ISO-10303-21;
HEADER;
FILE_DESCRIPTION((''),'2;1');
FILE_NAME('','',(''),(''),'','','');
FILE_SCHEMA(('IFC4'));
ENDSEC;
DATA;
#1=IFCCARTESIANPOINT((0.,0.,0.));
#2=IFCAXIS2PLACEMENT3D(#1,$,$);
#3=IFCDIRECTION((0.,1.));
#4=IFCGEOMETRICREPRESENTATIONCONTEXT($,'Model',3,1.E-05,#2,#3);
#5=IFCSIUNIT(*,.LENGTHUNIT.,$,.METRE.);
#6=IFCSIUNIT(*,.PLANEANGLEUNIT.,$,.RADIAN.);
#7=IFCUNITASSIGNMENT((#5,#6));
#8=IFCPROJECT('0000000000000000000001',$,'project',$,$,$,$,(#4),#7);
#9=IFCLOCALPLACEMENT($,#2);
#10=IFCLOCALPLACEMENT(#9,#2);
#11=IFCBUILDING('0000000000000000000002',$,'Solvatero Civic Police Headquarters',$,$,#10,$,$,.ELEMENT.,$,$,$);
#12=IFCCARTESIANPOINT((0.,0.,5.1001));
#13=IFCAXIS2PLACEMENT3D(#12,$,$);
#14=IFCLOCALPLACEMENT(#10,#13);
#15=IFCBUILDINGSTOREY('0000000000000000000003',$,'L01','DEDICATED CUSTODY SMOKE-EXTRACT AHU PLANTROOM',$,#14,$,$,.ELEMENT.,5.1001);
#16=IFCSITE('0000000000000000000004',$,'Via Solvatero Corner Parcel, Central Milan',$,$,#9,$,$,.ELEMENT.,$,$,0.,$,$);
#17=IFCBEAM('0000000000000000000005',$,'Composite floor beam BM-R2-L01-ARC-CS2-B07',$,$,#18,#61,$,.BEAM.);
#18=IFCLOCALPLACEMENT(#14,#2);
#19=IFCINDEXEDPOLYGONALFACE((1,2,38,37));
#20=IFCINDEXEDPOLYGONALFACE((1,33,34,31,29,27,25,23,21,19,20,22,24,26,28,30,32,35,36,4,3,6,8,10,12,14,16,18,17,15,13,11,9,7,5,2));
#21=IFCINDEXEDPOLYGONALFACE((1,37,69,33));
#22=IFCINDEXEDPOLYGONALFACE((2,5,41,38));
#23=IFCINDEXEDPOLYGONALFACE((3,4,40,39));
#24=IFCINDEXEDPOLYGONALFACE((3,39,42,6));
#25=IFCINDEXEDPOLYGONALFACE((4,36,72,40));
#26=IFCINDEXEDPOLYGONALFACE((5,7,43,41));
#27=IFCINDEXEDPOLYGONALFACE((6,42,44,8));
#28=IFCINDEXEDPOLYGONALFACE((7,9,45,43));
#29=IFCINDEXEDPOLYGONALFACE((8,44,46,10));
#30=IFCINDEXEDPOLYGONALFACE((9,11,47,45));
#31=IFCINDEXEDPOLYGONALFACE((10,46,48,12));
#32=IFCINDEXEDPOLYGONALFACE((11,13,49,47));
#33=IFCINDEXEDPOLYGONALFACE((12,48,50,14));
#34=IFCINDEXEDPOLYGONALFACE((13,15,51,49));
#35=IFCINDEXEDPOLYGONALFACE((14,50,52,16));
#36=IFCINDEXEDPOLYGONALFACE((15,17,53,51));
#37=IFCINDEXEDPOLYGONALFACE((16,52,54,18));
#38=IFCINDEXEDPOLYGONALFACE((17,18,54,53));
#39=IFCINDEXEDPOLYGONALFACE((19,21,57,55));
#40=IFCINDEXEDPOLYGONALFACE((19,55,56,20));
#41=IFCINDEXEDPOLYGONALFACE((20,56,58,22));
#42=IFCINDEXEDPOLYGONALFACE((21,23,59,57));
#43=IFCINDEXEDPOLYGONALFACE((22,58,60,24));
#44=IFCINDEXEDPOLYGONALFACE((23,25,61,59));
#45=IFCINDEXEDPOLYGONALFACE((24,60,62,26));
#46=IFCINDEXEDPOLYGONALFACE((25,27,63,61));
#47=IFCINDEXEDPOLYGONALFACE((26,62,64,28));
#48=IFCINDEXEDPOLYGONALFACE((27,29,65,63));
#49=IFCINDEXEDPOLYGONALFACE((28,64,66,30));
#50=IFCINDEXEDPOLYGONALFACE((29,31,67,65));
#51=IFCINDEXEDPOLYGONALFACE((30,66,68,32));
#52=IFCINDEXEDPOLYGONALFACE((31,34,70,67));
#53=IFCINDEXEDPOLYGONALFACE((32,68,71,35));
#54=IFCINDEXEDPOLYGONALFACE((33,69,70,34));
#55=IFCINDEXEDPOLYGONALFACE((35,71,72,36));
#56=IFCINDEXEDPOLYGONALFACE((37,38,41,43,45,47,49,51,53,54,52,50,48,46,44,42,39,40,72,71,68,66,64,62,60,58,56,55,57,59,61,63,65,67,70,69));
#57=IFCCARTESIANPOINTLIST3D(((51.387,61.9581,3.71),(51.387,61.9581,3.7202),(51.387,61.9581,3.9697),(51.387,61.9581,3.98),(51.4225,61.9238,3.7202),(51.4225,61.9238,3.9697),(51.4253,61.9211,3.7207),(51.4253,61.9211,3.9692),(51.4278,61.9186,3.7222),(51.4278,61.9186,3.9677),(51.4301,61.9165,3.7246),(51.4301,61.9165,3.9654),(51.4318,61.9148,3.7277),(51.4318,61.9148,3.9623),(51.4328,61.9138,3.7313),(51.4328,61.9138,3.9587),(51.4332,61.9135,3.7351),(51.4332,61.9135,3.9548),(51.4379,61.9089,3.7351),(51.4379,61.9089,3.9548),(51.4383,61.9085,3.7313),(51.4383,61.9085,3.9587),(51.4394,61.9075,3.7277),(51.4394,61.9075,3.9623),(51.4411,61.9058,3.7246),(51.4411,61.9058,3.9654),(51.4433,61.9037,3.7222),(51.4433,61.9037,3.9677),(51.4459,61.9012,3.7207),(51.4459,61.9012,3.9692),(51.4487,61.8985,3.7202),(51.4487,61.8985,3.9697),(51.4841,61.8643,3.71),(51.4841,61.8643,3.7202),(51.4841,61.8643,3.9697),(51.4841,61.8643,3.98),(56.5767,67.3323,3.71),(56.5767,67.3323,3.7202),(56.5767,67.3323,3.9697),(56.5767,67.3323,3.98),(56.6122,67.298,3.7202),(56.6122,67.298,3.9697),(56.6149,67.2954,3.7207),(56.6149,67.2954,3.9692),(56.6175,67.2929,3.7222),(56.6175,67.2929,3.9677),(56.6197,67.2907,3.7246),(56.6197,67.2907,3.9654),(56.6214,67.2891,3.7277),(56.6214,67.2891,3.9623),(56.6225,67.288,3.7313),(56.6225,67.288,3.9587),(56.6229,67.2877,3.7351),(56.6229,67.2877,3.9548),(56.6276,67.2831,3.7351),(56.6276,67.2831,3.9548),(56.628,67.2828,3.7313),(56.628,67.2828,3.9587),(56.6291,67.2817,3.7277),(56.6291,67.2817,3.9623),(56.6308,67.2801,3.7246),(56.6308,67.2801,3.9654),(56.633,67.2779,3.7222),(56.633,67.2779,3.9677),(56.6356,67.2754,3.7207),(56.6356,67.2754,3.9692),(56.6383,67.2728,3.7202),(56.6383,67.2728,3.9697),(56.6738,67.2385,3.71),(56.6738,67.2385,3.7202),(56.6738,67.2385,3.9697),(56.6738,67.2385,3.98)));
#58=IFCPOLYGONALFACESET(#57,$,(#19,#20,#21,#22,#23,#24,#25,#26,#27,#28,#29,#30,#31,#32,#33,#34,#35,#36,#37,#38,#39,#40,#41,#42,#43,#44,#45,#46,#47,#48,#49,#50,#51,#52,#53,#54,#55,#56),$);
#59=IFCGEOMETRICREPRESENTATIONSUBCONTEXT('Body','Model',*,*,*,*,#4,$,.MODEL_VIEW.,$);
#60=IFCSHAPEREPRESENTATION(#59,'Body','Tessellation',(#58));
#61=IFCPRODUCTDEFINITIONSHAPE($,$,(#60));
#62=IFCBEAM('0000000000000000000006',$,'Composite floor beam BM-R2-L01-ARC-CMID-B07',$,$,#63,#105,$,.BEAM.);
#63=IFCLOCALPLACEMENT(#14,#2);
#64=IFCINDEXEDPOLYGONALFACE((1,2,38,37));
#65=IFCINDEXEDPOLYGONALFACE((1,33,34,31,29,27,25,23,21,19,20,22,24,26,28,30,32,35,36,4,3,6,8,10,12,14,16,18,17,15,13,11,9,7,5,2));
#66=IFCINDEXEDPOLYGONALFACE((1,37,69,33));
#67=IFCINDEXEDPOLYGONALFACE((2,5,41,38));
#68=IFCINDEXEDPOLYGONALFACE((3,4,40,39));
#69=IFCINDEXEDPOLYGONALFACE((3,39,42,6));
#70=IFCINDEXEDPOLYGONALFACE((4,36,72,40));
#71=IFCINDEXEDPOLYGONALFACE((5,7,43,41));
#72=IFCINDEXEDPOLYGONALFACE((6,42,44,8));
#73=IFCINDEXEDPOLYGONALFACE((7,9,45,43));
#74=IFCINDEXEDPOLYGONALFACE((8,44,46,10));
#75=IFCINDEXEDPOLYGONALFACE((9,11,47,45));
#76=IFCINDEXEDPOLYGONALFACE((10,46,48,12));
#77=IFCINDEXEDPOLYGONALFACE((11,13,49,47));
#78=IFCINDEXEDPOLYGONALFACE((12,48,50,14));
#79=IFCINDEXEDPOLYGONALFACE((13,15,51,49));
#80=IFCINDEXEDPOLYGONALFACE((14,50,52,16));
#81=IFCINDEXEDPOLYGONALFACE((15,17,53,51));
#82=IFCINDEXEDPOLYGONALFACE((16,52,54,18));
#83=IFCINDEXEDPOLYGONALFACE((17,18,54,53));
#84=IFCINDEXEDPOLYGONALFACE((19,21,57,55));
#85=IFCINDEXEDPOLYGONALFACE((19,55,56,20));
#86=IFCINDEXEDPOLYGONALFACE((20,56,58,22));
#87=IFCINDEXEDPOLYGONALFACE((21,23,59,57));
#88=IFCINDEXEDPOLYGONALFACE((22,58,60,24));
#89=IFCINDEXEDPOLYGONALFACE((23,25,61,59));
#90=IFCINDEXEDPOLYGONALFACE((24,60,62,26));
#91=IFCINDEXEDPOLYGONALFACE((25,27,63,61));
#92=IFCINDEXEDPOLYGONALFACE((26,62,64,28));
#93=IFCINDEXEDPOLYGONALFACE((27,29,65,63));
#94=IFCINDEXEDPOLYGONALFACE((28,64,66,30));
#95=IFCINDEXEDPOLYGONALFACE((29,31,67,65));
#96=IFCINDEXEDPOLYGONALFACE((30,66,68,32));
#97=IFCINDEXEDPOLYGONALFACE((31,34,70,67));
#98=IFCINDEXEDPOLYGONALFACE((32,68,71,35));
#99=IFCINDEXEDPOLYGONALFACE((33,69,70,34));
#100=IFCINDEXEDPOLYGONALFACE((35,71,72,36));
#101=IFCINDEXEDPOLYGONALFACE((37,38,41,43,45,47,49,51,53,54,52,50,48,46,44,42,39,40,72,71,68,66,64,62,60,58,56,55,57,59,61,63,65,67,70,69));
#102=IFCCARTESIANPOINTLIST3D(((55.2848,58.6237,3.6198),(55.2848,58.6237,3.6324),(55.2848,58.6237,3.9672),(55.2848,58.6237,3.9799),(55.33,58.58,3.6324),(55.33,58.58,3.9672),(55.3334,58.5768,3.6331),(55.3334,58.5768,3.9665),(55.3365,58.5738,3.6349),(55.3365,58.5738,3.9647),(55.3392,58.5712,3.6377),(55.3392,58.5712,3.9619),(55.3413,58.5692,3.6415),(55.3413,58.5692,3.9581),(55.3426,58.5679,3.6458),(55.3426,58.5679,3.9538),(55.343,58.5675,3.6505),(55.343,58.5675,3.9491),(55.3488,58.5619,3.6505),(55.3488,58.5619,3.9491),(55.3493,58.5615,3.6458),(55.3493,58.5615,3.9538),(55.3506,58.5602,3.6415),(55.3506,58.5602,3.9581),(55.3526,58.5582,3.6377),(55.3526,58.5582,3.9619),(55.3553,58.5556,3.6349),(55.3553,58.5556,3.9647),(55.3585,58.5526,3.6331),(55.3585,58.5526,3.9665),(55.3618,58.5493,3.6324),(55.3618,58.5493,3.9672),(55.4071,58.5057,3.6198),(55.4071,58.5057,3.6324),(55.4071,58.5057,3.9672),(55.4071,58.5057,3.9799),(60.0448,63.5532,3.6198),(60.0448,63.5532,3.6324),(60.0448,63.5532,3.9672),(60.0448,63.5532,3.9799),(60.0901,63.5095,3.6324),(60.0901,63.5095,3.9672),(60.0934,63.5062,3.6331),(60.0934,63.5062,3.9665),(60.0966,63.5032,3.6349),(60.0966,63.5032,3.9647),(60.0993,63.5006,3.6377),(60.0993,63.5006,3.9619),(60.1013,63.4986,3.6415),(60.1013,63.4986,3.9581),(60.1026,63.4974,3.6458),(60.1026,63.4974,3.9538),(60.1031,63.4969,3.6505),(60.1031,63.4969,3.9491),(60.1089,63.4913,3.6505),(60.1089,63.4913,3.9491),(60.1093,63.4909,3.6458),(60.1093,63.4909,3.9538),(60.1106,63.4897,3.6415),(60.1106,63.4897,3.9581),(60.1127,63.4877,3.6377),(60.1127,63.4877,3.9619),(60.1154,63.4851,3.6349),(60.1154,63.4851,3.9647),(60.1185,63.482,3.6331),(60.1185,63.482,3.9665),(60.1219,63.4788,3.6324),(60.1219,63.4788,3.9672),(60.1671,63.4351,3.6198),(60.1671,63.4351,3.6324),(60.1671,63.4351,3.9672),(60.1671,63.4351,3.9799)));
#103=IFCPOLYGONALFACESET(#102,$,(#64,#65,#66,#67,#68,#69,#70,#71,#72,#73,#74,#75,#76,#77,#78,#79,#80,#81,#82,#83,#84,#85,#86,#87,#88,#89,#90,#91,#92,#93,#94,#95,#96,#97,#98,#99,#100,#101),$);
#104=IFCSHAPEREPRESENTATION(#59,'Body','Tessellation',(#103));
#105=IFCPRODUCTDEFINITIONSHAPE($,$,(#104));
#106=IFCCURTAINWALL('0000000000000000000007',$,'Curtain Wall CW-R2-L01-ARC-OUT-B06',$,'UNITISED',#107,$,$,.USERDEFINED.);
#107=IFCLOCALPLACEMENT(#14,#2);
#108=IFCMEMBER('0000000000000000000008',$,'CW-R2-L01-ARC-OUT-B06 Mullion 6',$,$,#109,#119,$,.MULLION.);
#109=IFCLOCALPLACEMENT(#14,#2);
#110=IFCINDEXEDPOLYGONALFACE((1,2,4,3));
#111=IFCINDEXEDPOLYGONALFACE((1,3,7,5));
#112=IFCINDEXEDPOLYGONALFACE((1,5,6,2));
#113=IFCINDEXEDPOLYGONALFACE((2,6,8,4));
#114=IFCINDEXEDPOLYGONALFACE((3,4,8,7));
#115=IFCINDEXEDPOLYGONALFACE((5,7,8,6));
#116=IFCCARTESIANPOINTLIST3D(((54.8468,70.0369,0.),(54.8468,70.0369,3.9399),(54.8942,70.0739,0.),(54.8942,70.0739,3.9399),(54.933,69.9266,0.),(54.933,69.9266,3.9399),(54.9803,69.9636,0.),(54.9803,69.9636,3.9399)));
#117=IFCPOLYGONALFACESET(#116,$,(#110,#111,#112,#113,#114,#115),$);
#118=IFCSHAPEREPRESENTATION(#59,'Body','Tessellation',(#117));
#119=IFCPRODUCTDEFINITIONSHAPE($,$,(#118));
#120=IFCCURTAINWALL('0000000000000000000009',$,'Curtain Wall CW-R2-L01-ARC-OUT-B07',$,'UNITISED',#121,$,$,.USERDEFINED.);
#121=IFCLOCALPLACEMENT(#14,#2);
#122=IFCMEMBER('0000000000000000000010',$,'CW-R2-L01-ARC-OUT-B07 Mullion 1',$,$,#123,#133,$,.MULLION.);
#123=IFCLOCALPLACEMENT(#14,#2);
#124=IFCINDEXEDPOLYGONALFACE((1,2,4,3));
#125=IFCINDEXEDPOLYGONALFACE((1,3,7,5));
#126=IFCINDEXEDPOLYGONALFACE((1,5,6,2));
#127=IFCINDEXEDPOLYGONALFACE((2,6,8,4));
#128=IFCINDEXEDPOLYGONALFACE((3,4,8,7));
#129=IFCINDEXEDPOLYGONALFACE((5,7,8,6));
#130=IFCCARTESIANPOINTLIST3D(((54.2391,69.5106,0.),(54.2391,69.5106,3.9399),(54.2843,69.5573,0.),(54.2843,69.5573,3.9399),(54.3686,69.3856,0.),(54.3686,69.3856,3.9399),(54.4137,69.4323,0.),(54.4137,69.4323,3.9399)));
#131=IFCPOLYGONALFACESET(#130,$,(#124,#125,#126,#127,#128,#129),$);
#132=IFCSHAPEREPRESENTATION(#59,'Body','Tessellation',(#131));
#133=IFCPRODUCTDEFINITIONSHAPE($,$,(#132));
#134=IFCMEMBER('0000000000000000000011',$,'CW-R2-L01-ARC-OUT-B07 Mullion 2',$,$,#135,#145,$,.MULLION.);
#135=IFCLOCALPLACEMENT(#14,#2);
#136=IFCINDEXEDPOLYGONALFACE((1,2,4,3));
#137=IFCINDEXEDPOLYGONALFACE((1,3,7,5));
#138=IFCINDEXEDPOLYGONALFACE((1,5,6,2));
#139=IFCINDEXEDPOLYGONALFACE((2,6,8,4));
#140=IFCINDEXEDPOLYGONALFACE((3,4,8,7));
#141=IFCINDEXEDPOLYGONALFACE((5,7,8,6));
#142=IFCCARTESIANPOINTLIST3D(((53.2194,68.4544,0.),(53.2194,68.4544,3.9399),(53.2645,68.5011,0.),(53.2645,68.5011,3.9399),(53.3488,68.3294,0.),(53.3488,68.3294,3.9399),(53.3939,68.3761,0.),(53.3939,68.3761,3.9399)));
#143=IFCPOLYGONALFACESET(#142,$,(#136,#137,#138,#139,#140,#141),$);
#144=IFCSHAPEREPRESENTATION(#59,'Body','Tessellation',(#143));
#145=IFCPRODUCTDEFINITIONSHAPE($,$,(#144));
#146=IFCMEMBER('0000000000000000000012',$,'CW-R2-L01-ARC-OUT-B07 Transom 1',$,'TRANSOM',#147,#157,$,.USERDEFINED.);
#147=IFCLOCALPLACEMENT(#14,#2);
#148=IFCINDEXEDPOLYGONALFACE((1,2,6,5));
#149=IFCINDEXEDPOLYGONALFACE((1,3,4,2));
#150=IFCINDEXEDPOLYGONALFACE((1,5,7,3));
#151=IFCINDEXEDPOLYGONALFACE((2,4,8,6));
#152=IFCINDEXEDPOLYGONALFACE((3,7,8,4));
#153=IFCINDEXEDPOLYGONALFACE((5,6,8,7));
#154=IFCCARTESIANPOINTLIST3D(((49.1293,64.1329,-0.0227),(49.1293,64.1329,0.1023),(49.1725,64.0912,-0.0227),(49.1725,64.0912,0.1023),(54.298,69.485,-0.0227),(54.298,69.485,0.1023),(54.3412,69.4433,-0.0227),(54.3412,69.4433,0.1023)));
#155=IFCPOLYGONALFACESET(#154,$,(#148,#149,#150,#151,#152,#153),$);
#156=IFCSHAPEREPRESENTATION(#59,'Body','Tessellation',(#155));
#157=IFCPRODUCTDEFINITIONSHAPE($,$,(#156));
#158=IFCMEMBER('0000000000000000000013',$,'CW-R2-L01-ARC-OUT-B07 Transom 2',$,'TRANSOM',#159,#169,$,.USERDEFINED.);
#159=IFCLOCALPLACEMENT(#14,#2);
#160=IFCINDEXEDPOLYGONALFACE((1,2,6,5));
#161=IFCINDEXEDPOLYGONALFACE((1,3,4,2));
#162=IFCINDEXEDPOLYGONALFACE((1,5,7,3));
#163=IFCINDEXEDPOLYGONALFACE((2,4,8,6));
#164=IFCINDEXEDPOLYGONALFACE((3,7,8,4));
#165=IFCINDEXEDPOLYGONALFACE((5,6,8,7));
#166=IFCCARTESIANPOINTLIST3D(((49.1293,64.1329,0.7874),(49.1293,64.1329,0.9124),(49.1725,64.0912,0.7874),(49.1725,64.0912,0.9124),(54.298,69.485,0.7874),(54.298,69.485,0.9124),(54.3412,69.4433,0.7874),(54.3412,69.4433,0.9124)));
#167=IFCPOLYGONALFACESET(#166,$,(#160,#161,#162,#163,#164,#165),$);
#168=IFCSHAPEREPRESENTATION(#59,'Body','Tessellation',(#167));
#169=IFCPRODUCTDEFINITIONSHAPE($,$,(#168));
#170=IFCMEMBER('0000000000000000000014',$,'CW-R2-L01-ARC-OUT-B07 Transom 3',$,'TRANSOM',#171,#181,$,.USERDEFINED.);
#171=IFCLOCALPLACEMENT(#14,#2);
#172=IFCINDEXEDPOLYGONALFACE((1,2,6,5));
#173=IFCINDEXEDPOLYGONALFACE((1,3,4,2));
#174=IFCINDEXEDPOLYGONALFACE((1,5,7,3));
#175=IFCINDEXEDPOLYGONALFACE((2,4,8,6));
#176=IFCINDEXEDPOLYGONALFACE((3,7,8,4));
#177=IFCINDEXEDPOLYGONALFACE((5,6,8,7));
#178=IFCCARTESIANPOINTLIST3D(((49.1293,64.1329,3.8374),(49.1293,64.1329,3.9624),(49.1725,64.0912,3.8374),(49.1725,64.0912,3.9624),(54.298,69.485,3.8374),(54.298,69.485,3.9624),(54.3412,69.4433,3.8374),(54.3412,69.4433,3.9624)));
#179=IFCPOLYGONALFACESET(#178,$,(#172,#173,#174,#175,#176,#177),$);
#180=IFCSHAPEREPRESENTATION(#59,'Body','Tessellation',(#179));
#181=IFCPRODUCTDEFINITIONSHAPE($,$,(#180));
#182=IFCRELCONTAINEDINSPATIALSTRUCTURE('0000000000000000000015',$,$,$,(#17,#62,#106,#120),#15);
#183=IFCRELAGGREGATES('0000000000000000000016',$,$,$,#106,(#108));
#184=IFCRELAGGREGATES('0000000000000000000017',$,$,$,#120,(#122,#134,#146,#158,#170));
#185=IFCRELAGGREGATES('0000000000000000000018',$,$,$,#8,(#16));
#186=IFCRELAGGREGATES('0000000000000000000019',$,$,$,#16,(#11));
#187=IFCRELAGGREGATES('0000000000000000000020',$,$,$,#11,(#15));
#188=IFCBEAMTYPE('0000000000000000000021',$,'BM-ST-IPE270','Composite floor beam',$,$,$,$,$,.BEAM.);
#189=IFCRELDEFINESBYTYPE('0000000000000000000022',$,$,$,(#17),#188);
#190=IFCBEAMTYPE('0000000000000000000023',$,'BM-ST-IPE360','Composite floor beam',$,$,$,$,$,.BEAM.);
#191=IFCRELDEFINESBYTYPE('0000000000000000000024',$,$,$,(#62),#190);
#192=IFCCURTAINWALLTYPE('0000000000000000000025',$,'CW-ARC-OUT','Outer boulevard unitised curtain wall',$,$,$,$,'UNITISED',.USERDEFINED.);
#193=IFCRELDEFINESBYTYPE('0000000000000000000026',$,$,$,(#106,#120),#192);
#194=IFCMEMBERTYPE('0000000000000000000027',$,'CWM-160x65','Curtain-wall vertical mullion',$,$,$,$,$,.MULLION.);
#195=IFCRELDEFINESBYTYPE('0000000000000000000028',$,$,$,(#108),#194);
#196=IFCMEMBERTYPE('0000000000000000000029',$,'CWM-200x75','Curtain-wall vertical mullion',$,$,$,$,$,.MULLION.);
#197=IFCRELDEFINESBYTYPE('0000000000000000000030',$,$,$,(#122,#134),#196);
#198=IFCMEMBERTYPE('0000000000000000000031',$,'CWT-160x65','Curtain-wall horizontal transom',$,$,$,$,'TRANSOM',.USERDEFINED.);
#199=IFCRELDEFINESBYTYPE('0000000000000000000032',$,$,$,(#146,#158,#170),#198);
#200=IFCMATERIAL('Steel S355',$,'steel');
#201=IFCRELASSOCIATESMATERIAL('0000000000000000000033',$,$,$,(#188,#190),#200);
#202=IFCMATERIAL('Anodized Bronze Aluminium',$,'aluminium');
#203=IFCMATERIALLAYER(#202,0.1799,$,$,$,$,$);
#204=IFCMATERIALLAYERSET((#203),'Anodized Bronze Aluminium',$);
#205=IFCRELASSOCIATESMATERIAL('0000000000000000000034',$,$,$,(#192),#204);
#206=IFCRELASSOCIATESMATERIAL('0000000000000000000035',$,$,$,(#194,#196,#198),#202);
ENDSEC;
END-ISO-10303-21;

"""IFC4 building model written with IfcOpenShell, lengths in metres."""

from ifc_helpers import new_model, si_unit, direction, frame, origin, origin_2d, place, context, subcontext, project, spatial, rectangle, i_section, extrude, material, layer, layer_set, material_profile, profile_set, type_object, element, aggregate, save


model = new_model("IFC4")

# Units and contexts
model_context = context("Model", 3, precision=1e-05, world=origin(), true_north=direction((0.0, 1.0)))
body_context = subcontext(model_context, "Body", "Model", "MODEL_VIEW")
ifc_project = project(units=[si_unit("LENGTHUNIT", "METRE"), si_unit("PLANEANGLEUNIT", "RADIAN")], contexts=[model_context])

# Site, building, storey
site_placement = place(None, origin())
site = spatial("IfcSite", under=ifc_project, at=site_placement, Name="Via Solvatero Corner Parcel, Central Milan", CompositionType="ELEMENT", RefElevation=0.0)
building_placement = place(site_placement, origin())
building = spatial("IfcBuilding", under=site, at=building_placement, Name="Solvatero Civic Police Headquarters", CompositionType="ELEMENT")
storey_placement = place(building_placement, frame((0.0, 0.0, 5.1001)))
storey = spatial("IfcBuildingStorey", under=building, at=storey_placement, Name="L01", Description="DEDICATED CUSTODY SMOKE-EXTRACT AHU PLANTROOM", CompositionType="ELEMENT", Elevation=5.1001)

# Shared definitions
ifc_material_1 = material(Name="Steel S355", Category="steel")

# Beams
ifc_material_profile_1 = material_profile(ifc_material_1, i_section(OverallWidth=0.135, OverallDepth=0.27, WebThickness=0.0066, FlangeThickness=0.0103, FilletRadius=0.0149, at=origin_2d()), Name="IPE 270")
ifc_profile_set_1 = profile_set([ifc_material_profile_1], Name="Steel S355")
beam_type_1 = type_object("IfcBeamType", Name="BM-ST-IPE270", Description="Composite floor beam", PredefinedType="BEAM", material=ifc_profile_set_1)
beam_1_placement = place(storey_placement, frame((56.6252, 67.2854, 3.845), z_axis=(-0.694646, -0.719351, 0.0), x_axis=(0.719351, -0.694646, 0.0)))
element("IfcBeam", 1, at=beam_1_placement, inside=storey, type_object=beam_type_1, Name="Composite floor beam BM-R2-L01-ARC-CS2-B07", PredefinedType="BEAM", context=body_context, shape_type="SweptSolid", body=[
    extrude(i_section(OverallWidth=0.135, OverallDepth=0.27, WebThickness=0.0066, FlangeThickness=0.0103, FilletRadius=0.0149, at=origin_2d()), origin(), (0.0, 0.0, 1.0), 7.4709),
])
ifc_material_profile_2 = material_profile(ifc_material_1, i_section(OverallWidth=0.1699, OverallDepth=0.3601, WebThickness=0.0081, FlangeThickness=0.0127, FilletRadius=0.0181, at=origin_2d()), Name="IPE 360")
ifc_profile_set_2 = profile_set([ifc_material_profile_2], Name="Steel S355")
beam_type_2 = type_object("IfcBeamType", Name="BM-ST-IPE360", Description="Composite floor beam", PredefinedType="BEAM", material=ifc_profile_set_2)
beam_2_placement = place(storey_placement, frame((60.106, 63.4941, 3.7998), z_axis=(-0.694636, -0.719362, 0.0), x_axis=(0.719362, -0.694636, 0.0)))
element("IfcBeam", 2, at=beam_2_placement, inside=storey, type_object=beam_type_2, Name="Composite floor beam BM-R2-L01-ARC-CMID-B07", PredefinedType="BEAM", context=body_context, shape_type="SweptSolid", body=[
    extrude(i_section(OverallWidth=0.1699, OverallDepth=0.3601, WebThickness=0.0081, FlangeThickness=0.0127, FilletRadius=0.0181, at=origin_2d()), origin(), (0.0, 0.0, 1.0), 6.8525),
])

# Curtain wall, member
ifc_material_2 = material(Name="Anodized Bronze Aluminium", Category="aluminium")
ifc_layer_1 = layer(ifc_material_2, 0.1799)
ifc_layer_set_1 = layer_set([ifc_layer_1], Name="Anodized Bronze Aluminium")
curtain_wall_type = type_object("IfcCurtainWallType", Name="CW-ARC-OUT", Description="Outer boulevard unitised curtain wall", ElementType="UNITISED", PredefinedType="USERDEFINED", material=ifc_layer_set_1)
curtain_wall_1_placement = place(storey_placement, origin())
curtain_wall_1 = element("IfcCurtainWall", 3, at=curtain_wall_1_placement, inside=storey, type_object=curtain_wall_type, Name="Curtain Wall CW-R2-L01-ARC-OUT-B06", ObjectType="UNITISED", PredefinedType="USERDEFINED")
ifc_material_profile_3 = material_profile(ifc_material_2, rectangle(XDim=0.0601, YDim=0.1399, at=origin_2d()), Name="ALU MULLION 60x140")
ifc_profile_set_3 = profile_set([ifc_material_profile_3], Name="Anodized Bronze Aluminium")
member_type_1 = type_object("IfcMemberType", Name="CWM-160x65", Description="Curtain-wall vertical mullion", PredefinedType="MULLION", material=ifc_profile_set_3)
member_1_placement = place(storey_placement, frame((54.9136, 70.0002, 0.0), z_axis=(0.0, 0.0, 1.0), x_axis=(-0.788011, -0.615661, 0.0)))
member_1 = element("IfcMember", 4, at=member_1_placement, type_object=member_type_1, Name="CW-R2-L01-ARC-OUT-B06 Mullion 6", PredefinedType="MULLION", context=body_context, shape_type="SweptSolid", body=[
    extrude(rectangle(XDim=0.0601, YDim=0.1399, at=origin_2d()), origin(), (0.0, 0.0, 1.0), 3.9399),
])
aggregate(curtain_wall_1, [member_1])

# Curtain wall, members
curtain_wall_2_placement = place(storey_placement, origin())
curtain_wall_2 = element("IfcCurtainWall", 5, at=curtain_wall_2_placement, inside=storey, type_object=curtain_wall_type, Name="Curtain Wall CW-R2-L01-ARC-OUT-B07", ObjectType="UNITISED", PredefinedType="USERDEFINED")
ifc_material_profile_4 = material_profile(ifc_material_2, rectangle(XDim=0.0649, YDim=0.1799, at=origin_2d()), Name="ALU MULLION 65x180")
ifc_profile_set_4 = profile_set([ifc_material_profile_4], Name="Anodized Bronze Aluminium")
member_type_2 = type_object("IfcMemberType", Name="CWM-200x75", Description="Curtain-wall vertical mullion", PredefinedType="MULLION", material=ifc_profile_set_4)
member_2_placement = place(storey_placement, frame((54.3264, 69.4714, 0.0), z_axis=(0.0, 0.0, 1.0), x_axis=(-0.694646, -0.719352, 0.0)))
member_2 = element("IfcMember", 6, at=member_2_placement, type_object=member_type_2, Name="CW-R2-L01-ARC-OUT-B07 Mullion 1", PredefinedType="MULLION", context=body_context, shape_type="SweptSolid", body=[
    extrude(rectangle(XDim=0.0649, YDim=0.1799, at=origin_2d()), origin(), (0.0, 0.0, 1.0), 3.9399),
])
member_3_placement = place(storey_placement, frame((53.3066, 68.4153, 0.0), z_axis=(0.0, 0.0, 1.0), x_axis=(-0.694646, -0.719352, 0.0)))
member_3 = element("IfcMember", 7, at=member_3_placement, type_object=member_type_2, Name="CW-R2-L01-ARC-OUT-B07 Mullion 2", PredefinedType="MULLION", context=body_context, shape_type="SweptSolid", body=[
    extrude(rectangle(XDim=0.0649, YDim=0.1799, at=origin_2d()), origin(), (0.0, 0.0, 1.0), 3.9399),
])
ifc_material_profile_5 = material_profile(ifc_material_2, rectangle(XDim=0.0601, YDim=0.125, at=origin_2d()), Name="ALU TRANSOM 60x125")
ifc_profile_set_5 = profile_set([ifc_material_profile_5], Name="Anodized Bronze Aluminium")
member_type_3 = type_object("IfcMemberType", Name="CWT-160x65", Description="Curtain-wall horizontal transom", ElementType="TRANSOM", PredefinedType="USERDEFINED", material=ifc_profile_set_5)
member_4_placement = place(storey_placement, frame((54.3196, 69.4641, 0.0398), z_axis=(-0.694678, -0.719321, 0.0), x_axis=(0.719321, -0.694678, 0.0)))
member_4 = element("IfcMember", 8, at=member_4_placement, type_object=member_type_3, Name="CW-R2-L01-ARC-OUT-B07 Transom 1", ObjectType="TRANSOM", PredefinedType="USERDEFINED", context=body_context, shape_type="SweptSolid", body=[
    extrude(rectangle(XDim=0.0601, YDim=0.125, at=origin_2d()), origin(), (0.0, 0.0, 1.0), 7.4404),
])
member_5_placement = place(storey_placement, frame((54.3196, 69.4641, 0.8499), z_axis=(-0.694678, -0.719321, 0.0), x_axis=(0.719321, -0.694678, 0.0)))
member_5 = element("IfcMember", 9, at=member_5_placement, type_object=member_type_3, Name="CW-R2-L01-ARC-OUT-B07 Transom 2", ObjectType="TRANSOM", PredefinedType="USERDEFINED", context=body_context, shape_type="SweptSolid", body=[
    extrude(rectangle(XDim=0.0601, YDim=0.125, at=origin_2d()), origin(), (0.0, 0.0, 1.0), 7.4404),
])
member_6_placement = place(storey_placement, frame((54.3196, 69.4641, 3.8999), z_axis=(-0.694678, -0.719321, 0.0), x_axis=(0.719321, -0.694678, 0.0)))
member_6 = element("IfcMember", 10, at=member_6_placement, type_object=member_type_3, Name="CW-R2-L01-ARC-OUT-B07 Transom 3", ObjectType="TRANSOM", PredefinedType="USERDEFINED", context=body_context, shape_type="SweptSolid", body=[
    extrude(rectangle(XDim=0.0601, YDim=0.125, at=origin_2d()), origin(), (0.0, 0.0, 1.0), 7.4404),
])
aggregate(curtain_wall_2, [member_2, member_3, member_4, member_5, member_6])

save(model, "model.ifc")
